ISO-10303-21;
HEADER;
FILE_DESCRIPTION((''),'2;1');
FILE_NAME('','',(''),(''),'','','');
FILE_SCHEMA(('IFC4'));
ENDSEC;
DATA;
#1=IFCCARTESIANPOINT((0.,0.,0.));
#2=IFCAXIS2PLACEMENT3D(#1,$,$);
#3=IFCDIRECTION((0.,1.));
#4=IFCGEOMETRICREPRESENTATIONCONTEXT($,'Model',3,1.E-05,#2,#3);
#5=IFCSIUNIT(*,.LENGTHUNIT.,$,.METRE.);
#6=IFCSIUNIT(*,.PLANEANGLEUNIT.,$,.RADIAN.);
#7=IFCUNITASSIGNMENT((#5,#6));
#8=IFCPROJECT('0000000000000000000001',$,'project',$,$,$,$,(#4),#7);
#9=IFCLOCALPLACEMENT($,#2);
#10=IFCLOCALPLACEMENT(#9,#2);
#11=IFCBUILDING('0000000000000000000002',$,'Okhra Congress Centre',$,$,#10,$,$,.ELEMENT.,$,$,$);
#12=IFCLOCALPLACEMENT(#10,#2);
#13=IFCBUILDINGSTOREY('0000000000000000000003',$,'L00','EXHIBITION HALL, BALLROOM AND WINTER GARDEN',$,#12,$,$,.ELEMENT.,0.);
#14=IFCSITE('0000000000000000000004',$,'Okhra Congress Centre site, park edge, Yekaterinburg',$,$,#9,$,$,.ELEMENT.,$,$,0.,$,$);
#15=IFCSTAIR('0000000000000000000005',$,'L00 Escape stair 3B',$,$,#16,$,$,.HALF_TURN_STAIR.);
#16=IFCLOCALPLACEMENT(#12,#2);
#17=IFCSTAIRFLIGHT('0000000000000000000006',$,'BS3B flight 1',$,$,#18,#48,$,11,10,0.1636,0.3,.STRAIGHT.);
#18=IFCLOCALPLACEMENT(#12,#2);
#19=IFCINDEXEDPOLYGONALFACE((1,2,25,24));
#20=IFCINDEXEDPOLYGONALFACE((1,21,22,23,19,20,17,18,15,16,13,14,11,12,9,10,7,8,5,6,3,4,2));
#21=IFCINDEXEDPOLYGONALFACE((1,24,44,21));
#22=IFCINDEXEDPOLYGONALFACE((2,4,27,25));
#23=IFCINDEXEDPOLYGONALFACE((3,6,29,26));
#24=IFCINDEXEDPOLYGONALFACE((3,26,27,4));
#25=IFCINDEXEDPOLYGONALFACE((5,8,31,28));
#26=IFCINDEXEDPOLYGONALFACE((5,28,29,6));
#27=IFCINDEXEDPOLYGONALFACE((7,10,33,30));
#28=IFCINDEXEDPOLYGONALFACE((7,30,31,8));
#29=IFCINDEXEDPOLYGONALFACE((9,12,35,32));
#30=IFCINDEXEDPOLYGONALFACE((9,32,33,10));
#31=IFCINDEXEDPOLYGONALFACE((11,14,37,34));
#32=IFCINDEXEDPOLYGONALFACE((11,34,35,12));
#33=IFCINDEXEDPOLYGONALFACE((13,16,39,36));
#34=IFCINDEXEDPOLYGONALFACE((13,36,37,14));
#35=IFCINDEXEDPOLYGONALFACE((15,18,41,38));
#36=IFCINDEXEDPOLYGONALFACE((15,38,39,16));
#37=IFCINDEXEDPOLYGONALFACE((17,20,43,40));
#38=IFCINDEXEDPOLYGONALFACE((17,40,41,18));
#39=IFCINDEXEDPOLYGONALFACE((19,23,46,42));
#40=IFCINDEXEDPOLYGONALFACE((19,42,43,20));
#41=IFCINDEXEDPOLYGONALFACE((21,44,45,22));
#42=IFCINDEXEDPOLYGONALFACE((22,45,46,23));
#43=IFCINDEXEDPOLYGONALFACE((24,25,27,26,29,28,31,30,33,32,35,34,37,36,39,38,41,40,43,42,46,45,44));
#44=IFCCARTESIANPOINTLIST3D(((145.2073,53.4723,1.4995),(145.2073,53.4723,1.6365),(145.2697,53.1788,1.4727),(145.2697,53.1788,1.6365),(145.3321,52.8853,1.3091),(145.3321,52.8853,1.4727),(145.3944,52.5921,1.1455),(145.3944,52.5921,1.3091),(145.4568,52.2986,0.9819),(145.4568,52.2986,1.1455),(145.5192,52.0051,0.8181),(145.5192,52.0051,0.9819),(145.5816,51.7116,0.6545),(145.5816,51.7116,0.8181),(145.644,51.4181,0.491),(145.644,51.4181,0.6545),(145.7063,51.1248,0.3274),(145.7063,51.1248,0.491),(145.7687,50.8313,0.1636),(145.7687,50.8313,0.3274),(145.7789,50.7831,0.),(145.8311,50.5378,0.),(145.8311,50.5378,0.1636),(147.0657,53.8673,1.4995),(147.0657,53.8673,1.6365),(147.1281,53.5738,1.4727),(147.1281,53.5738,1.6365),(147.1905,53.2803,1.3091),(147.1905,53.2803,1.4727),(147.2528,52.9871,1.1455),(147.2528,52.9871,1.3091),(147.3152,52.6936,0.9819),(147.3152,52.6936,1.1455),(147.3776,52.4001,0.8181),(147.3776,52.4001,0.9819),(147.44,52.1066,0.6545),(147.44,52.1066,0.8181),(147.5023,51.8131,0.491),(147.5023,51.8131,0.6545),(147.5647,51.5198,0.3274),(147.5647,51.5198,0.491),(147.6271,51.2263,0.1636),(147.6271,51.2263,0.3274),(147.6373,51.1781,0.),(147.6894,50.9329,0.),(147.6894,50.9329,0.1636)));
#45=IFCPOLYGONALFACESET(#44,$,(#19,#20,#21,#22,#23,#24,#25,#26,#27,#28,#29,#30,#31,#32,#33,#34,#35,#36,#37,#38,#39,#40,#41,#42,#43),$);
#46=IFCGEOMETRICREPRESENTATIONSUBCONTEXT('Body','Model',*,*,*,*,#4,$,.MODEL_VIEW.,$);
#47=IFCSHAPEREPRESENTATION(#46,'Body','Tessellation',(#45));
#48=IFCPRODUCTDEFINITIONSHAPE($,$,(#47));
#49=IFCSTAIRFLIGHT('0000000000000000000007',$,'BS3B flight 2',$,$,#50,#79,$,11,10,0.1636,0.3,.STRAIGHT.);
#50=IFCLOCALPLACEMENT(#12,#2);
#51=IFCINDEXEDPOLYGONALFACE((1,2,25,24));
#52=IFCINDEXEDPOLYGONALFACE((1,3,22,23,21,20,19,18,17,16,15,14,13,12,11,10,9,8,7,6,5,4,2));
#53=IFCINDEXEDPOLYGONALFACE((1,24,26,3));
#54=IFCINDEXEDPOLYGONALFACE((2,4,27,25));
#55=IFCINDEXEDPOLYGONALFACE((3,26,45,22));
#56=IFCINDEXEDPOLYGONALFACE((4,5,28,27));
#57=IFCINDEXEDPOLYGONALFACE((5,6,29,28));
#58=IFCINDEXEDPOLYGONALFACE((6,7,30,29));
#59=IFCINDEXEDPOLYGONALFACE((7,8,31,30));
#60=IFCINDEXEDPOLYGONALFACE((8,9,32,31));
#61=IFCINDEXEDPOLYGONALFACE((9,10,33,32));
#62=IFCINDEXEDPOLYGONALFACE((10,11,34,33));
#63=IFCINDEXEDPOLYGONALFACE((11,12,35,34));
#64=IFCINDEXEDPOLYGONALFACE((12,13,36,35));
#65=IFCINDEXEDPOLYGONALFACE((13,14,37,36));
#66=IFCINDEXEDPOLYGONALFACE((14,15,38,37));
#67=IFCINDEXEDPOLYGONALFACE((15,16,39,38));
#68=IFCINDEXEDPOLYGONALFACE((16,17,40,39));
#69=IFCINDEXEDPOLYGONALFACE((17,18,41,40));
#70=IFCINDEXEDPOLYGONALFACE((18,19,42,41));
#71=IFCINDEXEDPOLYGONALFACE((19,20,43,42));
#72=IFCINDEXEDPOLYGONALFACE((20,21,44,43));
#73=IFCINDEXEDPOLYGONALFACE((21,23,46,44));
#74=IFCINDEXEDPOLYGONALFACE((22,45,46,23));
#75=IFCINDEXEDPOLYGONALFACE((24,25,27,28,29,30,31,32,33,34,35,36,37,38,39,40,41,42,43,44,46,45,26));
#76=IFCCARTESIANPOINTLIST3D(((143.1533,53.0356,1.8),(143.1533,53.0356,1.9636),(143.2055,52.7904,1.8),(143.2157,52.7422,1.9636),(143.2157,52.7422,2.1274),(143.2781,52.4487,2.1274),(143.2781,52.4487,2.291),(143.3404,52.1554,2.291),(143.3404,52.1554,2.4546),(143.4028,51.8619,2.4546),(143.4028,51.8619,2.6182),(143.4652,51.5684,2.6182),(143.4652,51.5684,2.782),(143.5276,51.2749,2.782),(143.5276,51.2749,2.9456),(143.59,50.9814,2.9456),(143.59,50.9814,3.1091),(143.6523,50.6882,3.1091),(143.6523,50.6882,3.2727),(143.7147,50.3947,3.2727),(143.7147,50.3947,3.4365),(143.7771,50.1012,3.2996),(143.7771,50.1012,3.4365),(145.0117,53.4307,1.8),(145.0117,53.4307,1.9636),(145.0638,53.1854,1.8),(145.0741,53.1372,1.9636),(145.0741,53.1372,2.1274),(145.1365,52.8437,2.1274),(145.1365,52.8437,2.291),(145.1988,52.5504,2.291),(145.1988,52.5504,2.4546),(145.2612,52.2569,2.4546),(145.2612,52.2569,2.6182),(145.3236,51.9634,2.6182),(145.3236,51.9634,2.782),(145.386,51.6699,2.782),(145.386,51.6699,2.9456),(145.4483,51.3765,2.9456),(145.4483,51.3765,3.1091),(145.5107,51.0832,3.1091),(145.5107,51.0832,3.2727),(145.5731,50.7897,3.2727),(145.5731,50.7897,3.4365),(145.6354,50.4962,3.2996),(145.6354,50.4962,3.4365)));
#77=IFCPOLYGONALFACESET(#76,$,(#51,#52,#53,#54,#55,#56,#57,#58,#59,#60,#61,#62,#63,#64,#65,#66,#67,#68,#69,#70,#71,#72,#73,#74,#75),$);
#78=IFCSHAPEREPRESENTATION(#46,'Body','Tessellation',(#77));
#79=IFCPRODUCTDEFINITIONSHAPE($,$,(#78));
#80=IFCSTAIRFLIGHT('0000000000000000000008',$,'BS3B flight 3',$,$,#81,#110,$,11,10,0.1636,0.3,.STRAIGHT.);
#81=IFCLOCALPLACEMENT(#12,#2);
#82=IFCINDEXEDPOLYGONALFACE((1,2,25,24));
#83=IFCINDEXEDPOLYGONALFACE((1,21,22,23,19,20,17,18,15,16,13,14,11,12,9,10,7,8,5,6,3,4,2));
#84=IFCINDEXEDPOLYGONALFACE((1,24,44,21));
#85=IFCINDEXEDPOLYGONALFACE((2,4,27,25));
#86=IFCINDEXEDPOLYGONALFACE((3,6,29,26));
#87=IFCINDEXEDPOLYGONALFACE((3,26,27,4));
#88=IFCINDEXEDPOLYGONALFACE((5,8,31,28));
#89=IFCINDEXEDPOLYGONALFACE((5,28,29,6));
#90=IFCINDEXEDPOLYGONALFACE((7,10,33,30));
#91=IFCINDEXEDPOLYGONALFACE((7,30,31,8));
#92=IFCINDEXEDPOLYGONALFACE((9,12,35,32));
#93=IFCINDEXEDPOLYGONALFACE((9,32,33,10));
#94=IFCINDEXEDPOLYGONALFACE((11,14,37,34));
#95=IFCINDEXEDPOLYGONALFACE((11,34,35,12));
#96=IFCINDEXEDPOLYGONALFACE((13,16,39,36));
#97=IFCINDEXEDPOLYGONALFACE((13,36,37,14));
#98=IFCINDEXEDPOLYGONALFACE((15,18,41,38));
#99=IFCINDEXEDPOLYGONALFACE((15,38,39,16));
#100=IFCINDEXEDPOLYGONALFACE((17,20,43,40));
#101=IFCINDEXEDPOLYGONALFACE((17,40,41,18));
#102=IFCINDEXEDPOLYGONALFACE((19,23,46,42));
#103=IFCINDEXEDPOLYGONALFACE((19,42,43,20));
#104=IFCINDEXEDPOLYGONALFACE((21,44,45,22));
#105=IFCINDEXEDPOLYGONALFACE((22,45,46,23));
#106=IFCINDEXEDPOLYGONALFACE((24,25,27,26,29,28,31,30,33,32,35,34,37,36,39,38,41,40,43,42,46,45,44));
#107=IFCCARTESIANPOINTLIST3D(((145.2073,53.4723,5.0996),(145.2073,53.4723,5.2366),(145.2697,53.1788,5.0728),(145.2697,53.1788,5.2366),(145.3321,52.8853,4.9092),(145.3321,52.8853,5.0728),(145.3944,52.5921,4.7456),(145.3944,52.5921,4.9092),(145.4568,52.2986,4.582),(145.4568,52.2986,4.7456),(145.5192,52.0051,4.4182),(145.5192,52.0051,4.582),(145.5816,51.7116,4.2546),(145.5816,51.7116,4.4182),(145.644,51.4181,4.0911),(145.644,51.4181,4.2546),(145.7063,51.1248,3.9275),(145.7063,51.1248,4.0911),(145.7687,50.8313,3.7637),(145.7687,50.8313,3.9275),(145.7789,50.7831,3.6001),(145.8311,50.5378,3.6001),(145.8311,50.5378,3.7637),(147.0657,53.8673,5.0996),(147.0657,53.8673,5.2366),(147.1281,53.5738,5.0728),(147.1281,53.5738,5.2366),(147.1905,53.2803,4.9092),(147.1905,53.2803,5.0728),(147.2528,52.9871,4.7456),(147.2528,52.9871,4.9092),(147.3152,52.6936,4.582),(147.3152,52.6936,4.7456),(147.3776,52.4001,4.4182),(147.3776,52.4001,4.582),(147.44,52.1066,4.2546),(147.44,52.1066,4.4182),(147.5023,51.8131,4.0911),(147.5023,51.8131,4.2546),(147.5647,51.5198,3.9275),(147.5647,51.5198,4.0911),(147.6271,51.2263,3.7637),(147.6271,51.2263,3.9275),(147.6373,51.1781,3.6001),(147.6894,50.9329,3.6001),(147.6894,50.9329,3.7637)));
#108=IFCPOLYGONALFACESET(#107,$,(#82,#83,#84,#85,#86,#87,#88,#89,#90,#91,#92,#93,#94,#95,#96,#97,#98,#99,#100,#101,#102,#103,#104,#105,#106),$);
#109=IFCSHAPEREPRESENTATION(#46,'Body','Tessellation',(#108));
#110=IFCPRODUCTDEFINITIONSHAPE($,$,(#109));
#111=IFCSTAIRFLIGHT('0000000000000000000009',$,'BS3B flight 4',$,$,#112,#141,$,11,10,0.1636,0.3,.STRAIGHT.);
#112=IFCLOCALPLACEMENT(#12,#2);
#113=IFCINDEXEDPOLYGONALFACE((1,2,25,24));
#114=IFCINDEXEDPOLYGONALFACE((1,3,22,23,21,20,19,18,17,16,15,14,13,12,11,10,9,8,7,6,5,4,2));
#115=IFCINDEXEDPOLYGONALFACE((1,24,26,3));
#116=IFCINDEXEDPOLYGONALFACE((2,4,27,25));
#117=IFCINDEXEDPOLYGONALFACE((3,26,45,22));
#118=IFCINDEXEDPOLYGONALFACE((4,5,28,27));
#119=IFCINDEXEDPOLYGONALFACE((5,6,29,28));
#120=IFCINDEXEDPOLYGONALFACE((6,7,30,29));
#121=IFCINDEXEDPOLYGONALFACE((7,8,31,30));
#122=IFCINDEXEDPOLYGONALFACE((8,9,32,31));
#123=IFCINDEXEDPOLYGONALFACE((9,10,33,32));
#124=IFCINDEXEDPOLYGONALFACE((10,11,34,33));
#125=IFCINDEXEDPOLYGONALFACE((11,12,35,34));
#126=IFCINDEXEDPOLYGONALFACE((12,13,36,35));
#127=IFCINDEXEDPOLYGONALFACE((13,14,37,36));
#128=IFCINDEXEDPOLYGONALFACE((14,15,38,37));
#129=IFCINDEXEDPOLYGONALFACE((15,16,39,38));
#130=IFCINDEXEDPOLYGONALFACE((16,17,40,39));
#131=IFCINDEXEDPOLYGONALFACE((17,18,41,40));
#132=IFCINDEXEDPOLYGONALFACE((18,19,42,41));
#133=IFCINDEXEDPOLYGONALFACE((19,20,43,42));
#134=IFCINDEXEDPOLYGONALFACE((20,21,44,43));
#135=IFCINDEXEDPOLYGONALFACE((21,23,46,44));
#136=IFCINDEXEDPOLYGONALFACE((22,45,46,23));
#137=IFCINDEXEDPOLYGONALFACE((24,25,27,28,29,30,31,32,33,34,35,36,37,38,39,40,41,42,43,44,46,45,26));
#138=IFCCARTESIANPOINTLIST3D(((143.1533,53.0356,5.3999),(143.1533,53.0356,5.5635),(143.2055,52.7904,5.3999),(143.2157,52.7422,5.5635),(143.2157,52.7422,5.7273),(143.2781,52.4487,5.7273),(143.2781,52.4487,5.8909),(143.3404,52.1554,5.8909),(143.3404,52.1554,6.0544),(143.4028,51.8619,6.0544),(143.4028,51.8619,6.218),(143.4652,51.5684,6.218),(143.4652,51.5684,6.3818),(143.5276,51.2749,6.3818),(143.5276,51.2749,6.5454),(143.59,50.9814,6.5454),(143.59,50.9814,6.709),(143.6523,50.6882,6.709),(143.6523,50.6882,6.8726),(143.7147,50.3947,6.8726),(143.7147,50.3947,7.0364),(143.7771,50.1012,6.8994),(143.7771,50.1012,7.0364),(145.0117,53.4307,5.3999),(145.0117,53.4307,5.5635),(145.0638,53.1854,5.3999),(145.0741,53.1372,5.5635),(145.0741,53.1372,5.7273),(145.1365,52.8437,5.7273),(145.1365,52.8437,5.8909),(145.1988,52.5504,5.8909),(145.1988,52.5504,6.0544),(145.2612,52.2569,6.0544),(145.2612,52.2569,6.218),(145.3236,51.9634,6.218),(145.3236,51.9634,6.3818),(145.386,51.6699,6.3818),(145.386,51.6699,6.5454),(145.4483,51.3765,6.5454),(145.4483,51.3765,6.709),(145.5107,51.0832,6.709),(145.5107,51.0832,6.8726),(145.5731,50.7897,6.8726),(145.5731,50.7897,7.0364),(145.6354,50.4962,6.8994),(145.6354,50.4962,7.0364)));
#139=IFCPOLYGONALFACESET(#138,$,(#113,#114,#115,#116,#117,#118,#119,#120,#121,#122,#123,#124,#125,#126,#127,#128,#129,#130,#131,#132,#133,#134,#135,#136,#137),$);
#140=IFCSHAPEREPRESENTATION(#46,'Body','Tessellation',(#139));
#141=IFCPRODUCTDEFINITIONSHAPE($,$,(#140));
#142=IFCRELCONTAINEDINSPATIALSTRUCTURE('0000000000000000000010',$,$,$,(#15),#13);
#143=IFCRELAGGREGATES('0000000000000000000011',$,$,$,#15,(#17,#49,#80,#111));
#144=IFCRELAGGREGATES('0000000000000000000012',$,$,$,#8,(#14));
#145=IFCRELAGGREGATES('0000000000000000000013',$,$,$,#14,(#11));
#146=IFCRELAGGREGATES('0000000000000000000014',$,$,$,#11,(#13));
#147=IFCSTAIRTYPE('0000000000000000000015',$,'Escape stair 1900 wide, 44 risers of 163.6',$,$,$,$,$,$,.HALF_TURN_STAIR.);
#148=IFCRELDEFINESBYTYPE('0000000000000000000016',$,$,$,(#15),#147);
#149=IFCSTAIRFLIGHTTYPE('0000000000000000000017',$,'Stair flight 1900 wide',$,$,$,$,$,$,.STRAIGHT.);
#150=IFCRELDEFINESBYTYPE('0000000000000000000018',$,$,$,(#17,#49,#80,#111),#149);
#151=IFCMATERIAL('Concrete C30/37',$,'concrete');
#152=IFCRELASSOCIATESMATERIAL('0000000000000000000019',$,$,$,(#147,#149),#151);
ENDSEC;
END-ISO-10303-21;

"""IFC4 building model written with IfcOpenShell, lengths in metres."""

from ifc_helpers import new_model, si_unit, direction, frame, origin, place, context, subcontext, project, spatial, polyline, outline, extrude, material, type_object, element, aggregate, save


model = new_model("IFC4")

# Units and contexts
model_context = context("Model", 3, precision=1e-05, world=origin(), true_north=direction((0.0, 1.0)))
body_context = subcontext(model_context, "Body", "Model", "MODEL_VIEW")
ifc_project = project(units=[si_unit("LENGTHUNIT", "METRE"), si_unit("PLANEANGLEUNIT", "RADIAN")], contexts=[model_context])

# Site, building, storey
site_placement = place(None, origin())
site = spatial("IfcSite", under=ifc_project, at=site_placement, Name="Okhra Congress Centre site, park edge, Yekaterinburg", CompositionType="ELEMENT", RefElevation=0.0)
building_placement = place(site_placement, origin())
building = spatial("IfcBuilding", under=site, at=building_placement, Name="Okhra Congress Centre", CompositionType="ELEMENT")
storey_placement = place(building_placement, origin())
storey = spatial("IfcBuildingStorey", under=building, at=storey_placement, Name="L00", Description="EXHIBITION HALL, BALLROOM AND WINTER GARDEN", CompositionType="ELEMENT", Elevation=0.0)

# Shared definitions
ifc_material_1 = material(Name="Concrete C30/37", Category="concrete")

# Stair, stair flights
stair_type = type_object("IfcStairType", Name="Escape stair 1900 wide, 44 risers of 163.6", PredefinedType="HALF_TURN_STAIR", material=ifc_material_1)
stair_placement = place(storey_placement, origin())
stair = element("IfcStair", 1, at=stair_placement, inside=storey, type_object=stair_type, Name="L00 Escape stair 3B", PredefinedType="HALF_TURN_STAIR")
stair_flight_type = type_object("IfcStairFlightType", Name="Stair flight 1900 wide", PredefinedType="STRAIGHT", material=ifc_material_1)
stair_flight_1_placement = place(storey_placement, frame((146.7603, 50.7354, 0.0), z_axis=(0.0, 0.0, 1.0), x_axis=(-0.207912, 0.978148, 0.0)))
stair_flight_1 = element("IfcStairFlight", 2, at=stair_flight_1_placement, type_object=stair_flight_type, Name="BS3B flight 1", NumberOfRisers=11, NumberOfTreads=10, PredefinedType="STRAIGHT", RiserHeight=0.1636, TreadLength=0.3, context=body_context, shape_type="SweptSolid", body=[
    extrude(outline(polyline([(0.0, 0.0), (0.0, 0.1636), (0.3, 0.1636), (0.3, 0.3274), (0.6001, 0.3274), (0.6001, 0.491), (0.8999, 0.491), (0.8999, 0.6545), (1.2, 0.6545), (1.2, 0.8181), (1.5, 0.8181), (1.5, 0.9819), (1.8, 0.9819), (1.8, 1.1455), (2.1001, 1.1455), (2.1001, 1.3091), (2.3999, 1.3091), (2.3999, 1.4727), (2.7, 1.4727), (2.7, 1.6365), (3.0, 1.6365), (3.0, 1.8), (3.0, 1.4995), (0.2507, 0.0), (0.0, 0.0)])), frame((0.0, 0.95, 0.0), z_axis=(0.0, -1.0, 0.0), x_axis=(1.0, 0.0, 0.0)), (0.0, 0.0, 1.0), 1.8999),
])
stair_flight_2_placement = place(storey_placement, frame((144.0825, 53.2332, 1.8), z_axis=(0.0, 0.0, 1.0), x_axis=(0.207912, -0.978148, 0.0)))
stair_flight_2 = element("IfcStairFlight", 3, at=stair_flight_2_placement, type_object=stair_flight_type, Name="BS3B flight 2", NumberOfRisers=11, NumberOfTreads=10, PredefinedType="STRAIGHT", RiserHeight=0.1636, TreadLength=0.3, context=body_context, shape_type="SweptSolid", body=[
    extrude(outline(polyline([(0.0, 0.0), (0.0, 0.1636), (0.3, 0.1636), (0.3, 0.3274), (0.6001, 0.3274), (0.6001, 0.491), (0.8999, 0.491), (0.8999, 0.6545), (1.2, 0.6545), (1.2, 0.8181), (1.5, 0.8181), (1.5, 0.9819), (1.8, 0.9819), (1.8, 1.1455), (2.1001, 1.1455), (2.1001, 1.3091), (2.3999, 1.3091), (2.3999, 1.4727), (2.7, 1.4727), (2.7, 1.6365), (3.0, 1.6365), (3.0, 1.8), (3.0, 1.4995), (0.2507, 0.0), (0.0, 0.0)])), frame((0.0, 0.95, 0.0), z_axis=(0.0, -1.0, 0.0), x_axis=(1.0, 0.0, 0.0)), (0.0, 0.0, 1.0), 1.8999),
])
stair_flight_3_placement = place(storey_placement, frame((146.7603, 50.7354, 3.6001), z_axis=(0.0, 0.0, 1.0), x_axis=(-0.207912, 0.978148, 0.0)))
stair_flight_3 = element("IfcStairFlight", 4, at=stair_flight_3_placement, type_object=stair_flight_type, Name="BS3B flight 3", NumberOfRisers=11, NumberOfTreads=10, PredefinedType="STRAIGHT", RiserHeight=0.1636, TreadLength=0.3, context=body_context, shape_type="SweptSolid", body=[
    extrude(outline(polyline([(0.0, 0.0), (0.0, 0.1636), (0.3, 0.1636), (0.3, 0.3274), (0.6001, 0.3274), (0.6001, 0.491), (0.8999, 0.491), (0.8999, 0.6545), (1.2, 0.6545), (1.2, 0.8181), (1.5, 0.8181), (1.5, 0.9819), (1.8, 0.9819), (1.8, 1.1455), (2.1001, 1.1455), (2.1001, 1.3091), (2.3999, 1.3091), (2.3999, 1.4727), (2.7, 1.4727), (2.7, 1.6365), (3.0, 1.6365), (3.0, 1.8), (3.0, 1.4995), (0.2507, 0.0), (0.0, 0.0)])), frame((0.0, 0.95, 0.0), z_axis=(0.0, -1.0, 0.0), x_axis=(1.0, 0.0, 0.0)), (0.0, 0.0, 1.0), 1.8999),
])
stair_flight_4_placement = place(storey_placement, frame((144.0825, 53.2332, 5.3999), z_axis=(0.0, 0.0, 1.0), x_axis=(0.207912, -0.978148, 0.0)))
stair_flight_4 = element("IfcStairFlight", 5, at=stair_flight_4_placement, type_object=stair_flight_type, Name="BS3B flight 4", NumberOfRisers=11, NumberOfTreads=10, PredefinedType="STRAIGHT", RiserHeight=0.1636, TreadLength=0.3, context=body_context, shape_type="SweptSolid", body=[
    extrude(outline(polyline([(0.0, 0.0), (0.0, 0.1636), (0.3, 0.1636), (0.3, 0.3274), (0.6001, 0.3274), (0.6001, 0.491), (0.8999, 0.491), (0.8999, 0.6545), (1.2, 0.6545), (1.2, 0.8181), (1.5, 0.8181), (1.5, 0.9819), (1.8, 0.9819), (1.8, 1.1455), (2.1001, 1.1455), (2.1001, 1.3091), (2.3999, 1.3091), (2.3999, 1.4727), (2.7, 1.4727), (2.7, 1.6365), (3.0, 1.6365), (3.0, 1.8), (3.0, 1.4995), (0.2507, 0.0), (0.0, 0.0)])), frame((0.0, 0.95, 0.0), z_axis=(0.0, -1.0, 0.0), x_axis=(1.0, 0.0, 0.0)), (0.0, 0.0, 1.0), 1.8999),
])
aggregate(stair, [stair_flight_1, stair_flight_2, stair_flight_3, stair_flight_4])

save(model, "model.ifc")
